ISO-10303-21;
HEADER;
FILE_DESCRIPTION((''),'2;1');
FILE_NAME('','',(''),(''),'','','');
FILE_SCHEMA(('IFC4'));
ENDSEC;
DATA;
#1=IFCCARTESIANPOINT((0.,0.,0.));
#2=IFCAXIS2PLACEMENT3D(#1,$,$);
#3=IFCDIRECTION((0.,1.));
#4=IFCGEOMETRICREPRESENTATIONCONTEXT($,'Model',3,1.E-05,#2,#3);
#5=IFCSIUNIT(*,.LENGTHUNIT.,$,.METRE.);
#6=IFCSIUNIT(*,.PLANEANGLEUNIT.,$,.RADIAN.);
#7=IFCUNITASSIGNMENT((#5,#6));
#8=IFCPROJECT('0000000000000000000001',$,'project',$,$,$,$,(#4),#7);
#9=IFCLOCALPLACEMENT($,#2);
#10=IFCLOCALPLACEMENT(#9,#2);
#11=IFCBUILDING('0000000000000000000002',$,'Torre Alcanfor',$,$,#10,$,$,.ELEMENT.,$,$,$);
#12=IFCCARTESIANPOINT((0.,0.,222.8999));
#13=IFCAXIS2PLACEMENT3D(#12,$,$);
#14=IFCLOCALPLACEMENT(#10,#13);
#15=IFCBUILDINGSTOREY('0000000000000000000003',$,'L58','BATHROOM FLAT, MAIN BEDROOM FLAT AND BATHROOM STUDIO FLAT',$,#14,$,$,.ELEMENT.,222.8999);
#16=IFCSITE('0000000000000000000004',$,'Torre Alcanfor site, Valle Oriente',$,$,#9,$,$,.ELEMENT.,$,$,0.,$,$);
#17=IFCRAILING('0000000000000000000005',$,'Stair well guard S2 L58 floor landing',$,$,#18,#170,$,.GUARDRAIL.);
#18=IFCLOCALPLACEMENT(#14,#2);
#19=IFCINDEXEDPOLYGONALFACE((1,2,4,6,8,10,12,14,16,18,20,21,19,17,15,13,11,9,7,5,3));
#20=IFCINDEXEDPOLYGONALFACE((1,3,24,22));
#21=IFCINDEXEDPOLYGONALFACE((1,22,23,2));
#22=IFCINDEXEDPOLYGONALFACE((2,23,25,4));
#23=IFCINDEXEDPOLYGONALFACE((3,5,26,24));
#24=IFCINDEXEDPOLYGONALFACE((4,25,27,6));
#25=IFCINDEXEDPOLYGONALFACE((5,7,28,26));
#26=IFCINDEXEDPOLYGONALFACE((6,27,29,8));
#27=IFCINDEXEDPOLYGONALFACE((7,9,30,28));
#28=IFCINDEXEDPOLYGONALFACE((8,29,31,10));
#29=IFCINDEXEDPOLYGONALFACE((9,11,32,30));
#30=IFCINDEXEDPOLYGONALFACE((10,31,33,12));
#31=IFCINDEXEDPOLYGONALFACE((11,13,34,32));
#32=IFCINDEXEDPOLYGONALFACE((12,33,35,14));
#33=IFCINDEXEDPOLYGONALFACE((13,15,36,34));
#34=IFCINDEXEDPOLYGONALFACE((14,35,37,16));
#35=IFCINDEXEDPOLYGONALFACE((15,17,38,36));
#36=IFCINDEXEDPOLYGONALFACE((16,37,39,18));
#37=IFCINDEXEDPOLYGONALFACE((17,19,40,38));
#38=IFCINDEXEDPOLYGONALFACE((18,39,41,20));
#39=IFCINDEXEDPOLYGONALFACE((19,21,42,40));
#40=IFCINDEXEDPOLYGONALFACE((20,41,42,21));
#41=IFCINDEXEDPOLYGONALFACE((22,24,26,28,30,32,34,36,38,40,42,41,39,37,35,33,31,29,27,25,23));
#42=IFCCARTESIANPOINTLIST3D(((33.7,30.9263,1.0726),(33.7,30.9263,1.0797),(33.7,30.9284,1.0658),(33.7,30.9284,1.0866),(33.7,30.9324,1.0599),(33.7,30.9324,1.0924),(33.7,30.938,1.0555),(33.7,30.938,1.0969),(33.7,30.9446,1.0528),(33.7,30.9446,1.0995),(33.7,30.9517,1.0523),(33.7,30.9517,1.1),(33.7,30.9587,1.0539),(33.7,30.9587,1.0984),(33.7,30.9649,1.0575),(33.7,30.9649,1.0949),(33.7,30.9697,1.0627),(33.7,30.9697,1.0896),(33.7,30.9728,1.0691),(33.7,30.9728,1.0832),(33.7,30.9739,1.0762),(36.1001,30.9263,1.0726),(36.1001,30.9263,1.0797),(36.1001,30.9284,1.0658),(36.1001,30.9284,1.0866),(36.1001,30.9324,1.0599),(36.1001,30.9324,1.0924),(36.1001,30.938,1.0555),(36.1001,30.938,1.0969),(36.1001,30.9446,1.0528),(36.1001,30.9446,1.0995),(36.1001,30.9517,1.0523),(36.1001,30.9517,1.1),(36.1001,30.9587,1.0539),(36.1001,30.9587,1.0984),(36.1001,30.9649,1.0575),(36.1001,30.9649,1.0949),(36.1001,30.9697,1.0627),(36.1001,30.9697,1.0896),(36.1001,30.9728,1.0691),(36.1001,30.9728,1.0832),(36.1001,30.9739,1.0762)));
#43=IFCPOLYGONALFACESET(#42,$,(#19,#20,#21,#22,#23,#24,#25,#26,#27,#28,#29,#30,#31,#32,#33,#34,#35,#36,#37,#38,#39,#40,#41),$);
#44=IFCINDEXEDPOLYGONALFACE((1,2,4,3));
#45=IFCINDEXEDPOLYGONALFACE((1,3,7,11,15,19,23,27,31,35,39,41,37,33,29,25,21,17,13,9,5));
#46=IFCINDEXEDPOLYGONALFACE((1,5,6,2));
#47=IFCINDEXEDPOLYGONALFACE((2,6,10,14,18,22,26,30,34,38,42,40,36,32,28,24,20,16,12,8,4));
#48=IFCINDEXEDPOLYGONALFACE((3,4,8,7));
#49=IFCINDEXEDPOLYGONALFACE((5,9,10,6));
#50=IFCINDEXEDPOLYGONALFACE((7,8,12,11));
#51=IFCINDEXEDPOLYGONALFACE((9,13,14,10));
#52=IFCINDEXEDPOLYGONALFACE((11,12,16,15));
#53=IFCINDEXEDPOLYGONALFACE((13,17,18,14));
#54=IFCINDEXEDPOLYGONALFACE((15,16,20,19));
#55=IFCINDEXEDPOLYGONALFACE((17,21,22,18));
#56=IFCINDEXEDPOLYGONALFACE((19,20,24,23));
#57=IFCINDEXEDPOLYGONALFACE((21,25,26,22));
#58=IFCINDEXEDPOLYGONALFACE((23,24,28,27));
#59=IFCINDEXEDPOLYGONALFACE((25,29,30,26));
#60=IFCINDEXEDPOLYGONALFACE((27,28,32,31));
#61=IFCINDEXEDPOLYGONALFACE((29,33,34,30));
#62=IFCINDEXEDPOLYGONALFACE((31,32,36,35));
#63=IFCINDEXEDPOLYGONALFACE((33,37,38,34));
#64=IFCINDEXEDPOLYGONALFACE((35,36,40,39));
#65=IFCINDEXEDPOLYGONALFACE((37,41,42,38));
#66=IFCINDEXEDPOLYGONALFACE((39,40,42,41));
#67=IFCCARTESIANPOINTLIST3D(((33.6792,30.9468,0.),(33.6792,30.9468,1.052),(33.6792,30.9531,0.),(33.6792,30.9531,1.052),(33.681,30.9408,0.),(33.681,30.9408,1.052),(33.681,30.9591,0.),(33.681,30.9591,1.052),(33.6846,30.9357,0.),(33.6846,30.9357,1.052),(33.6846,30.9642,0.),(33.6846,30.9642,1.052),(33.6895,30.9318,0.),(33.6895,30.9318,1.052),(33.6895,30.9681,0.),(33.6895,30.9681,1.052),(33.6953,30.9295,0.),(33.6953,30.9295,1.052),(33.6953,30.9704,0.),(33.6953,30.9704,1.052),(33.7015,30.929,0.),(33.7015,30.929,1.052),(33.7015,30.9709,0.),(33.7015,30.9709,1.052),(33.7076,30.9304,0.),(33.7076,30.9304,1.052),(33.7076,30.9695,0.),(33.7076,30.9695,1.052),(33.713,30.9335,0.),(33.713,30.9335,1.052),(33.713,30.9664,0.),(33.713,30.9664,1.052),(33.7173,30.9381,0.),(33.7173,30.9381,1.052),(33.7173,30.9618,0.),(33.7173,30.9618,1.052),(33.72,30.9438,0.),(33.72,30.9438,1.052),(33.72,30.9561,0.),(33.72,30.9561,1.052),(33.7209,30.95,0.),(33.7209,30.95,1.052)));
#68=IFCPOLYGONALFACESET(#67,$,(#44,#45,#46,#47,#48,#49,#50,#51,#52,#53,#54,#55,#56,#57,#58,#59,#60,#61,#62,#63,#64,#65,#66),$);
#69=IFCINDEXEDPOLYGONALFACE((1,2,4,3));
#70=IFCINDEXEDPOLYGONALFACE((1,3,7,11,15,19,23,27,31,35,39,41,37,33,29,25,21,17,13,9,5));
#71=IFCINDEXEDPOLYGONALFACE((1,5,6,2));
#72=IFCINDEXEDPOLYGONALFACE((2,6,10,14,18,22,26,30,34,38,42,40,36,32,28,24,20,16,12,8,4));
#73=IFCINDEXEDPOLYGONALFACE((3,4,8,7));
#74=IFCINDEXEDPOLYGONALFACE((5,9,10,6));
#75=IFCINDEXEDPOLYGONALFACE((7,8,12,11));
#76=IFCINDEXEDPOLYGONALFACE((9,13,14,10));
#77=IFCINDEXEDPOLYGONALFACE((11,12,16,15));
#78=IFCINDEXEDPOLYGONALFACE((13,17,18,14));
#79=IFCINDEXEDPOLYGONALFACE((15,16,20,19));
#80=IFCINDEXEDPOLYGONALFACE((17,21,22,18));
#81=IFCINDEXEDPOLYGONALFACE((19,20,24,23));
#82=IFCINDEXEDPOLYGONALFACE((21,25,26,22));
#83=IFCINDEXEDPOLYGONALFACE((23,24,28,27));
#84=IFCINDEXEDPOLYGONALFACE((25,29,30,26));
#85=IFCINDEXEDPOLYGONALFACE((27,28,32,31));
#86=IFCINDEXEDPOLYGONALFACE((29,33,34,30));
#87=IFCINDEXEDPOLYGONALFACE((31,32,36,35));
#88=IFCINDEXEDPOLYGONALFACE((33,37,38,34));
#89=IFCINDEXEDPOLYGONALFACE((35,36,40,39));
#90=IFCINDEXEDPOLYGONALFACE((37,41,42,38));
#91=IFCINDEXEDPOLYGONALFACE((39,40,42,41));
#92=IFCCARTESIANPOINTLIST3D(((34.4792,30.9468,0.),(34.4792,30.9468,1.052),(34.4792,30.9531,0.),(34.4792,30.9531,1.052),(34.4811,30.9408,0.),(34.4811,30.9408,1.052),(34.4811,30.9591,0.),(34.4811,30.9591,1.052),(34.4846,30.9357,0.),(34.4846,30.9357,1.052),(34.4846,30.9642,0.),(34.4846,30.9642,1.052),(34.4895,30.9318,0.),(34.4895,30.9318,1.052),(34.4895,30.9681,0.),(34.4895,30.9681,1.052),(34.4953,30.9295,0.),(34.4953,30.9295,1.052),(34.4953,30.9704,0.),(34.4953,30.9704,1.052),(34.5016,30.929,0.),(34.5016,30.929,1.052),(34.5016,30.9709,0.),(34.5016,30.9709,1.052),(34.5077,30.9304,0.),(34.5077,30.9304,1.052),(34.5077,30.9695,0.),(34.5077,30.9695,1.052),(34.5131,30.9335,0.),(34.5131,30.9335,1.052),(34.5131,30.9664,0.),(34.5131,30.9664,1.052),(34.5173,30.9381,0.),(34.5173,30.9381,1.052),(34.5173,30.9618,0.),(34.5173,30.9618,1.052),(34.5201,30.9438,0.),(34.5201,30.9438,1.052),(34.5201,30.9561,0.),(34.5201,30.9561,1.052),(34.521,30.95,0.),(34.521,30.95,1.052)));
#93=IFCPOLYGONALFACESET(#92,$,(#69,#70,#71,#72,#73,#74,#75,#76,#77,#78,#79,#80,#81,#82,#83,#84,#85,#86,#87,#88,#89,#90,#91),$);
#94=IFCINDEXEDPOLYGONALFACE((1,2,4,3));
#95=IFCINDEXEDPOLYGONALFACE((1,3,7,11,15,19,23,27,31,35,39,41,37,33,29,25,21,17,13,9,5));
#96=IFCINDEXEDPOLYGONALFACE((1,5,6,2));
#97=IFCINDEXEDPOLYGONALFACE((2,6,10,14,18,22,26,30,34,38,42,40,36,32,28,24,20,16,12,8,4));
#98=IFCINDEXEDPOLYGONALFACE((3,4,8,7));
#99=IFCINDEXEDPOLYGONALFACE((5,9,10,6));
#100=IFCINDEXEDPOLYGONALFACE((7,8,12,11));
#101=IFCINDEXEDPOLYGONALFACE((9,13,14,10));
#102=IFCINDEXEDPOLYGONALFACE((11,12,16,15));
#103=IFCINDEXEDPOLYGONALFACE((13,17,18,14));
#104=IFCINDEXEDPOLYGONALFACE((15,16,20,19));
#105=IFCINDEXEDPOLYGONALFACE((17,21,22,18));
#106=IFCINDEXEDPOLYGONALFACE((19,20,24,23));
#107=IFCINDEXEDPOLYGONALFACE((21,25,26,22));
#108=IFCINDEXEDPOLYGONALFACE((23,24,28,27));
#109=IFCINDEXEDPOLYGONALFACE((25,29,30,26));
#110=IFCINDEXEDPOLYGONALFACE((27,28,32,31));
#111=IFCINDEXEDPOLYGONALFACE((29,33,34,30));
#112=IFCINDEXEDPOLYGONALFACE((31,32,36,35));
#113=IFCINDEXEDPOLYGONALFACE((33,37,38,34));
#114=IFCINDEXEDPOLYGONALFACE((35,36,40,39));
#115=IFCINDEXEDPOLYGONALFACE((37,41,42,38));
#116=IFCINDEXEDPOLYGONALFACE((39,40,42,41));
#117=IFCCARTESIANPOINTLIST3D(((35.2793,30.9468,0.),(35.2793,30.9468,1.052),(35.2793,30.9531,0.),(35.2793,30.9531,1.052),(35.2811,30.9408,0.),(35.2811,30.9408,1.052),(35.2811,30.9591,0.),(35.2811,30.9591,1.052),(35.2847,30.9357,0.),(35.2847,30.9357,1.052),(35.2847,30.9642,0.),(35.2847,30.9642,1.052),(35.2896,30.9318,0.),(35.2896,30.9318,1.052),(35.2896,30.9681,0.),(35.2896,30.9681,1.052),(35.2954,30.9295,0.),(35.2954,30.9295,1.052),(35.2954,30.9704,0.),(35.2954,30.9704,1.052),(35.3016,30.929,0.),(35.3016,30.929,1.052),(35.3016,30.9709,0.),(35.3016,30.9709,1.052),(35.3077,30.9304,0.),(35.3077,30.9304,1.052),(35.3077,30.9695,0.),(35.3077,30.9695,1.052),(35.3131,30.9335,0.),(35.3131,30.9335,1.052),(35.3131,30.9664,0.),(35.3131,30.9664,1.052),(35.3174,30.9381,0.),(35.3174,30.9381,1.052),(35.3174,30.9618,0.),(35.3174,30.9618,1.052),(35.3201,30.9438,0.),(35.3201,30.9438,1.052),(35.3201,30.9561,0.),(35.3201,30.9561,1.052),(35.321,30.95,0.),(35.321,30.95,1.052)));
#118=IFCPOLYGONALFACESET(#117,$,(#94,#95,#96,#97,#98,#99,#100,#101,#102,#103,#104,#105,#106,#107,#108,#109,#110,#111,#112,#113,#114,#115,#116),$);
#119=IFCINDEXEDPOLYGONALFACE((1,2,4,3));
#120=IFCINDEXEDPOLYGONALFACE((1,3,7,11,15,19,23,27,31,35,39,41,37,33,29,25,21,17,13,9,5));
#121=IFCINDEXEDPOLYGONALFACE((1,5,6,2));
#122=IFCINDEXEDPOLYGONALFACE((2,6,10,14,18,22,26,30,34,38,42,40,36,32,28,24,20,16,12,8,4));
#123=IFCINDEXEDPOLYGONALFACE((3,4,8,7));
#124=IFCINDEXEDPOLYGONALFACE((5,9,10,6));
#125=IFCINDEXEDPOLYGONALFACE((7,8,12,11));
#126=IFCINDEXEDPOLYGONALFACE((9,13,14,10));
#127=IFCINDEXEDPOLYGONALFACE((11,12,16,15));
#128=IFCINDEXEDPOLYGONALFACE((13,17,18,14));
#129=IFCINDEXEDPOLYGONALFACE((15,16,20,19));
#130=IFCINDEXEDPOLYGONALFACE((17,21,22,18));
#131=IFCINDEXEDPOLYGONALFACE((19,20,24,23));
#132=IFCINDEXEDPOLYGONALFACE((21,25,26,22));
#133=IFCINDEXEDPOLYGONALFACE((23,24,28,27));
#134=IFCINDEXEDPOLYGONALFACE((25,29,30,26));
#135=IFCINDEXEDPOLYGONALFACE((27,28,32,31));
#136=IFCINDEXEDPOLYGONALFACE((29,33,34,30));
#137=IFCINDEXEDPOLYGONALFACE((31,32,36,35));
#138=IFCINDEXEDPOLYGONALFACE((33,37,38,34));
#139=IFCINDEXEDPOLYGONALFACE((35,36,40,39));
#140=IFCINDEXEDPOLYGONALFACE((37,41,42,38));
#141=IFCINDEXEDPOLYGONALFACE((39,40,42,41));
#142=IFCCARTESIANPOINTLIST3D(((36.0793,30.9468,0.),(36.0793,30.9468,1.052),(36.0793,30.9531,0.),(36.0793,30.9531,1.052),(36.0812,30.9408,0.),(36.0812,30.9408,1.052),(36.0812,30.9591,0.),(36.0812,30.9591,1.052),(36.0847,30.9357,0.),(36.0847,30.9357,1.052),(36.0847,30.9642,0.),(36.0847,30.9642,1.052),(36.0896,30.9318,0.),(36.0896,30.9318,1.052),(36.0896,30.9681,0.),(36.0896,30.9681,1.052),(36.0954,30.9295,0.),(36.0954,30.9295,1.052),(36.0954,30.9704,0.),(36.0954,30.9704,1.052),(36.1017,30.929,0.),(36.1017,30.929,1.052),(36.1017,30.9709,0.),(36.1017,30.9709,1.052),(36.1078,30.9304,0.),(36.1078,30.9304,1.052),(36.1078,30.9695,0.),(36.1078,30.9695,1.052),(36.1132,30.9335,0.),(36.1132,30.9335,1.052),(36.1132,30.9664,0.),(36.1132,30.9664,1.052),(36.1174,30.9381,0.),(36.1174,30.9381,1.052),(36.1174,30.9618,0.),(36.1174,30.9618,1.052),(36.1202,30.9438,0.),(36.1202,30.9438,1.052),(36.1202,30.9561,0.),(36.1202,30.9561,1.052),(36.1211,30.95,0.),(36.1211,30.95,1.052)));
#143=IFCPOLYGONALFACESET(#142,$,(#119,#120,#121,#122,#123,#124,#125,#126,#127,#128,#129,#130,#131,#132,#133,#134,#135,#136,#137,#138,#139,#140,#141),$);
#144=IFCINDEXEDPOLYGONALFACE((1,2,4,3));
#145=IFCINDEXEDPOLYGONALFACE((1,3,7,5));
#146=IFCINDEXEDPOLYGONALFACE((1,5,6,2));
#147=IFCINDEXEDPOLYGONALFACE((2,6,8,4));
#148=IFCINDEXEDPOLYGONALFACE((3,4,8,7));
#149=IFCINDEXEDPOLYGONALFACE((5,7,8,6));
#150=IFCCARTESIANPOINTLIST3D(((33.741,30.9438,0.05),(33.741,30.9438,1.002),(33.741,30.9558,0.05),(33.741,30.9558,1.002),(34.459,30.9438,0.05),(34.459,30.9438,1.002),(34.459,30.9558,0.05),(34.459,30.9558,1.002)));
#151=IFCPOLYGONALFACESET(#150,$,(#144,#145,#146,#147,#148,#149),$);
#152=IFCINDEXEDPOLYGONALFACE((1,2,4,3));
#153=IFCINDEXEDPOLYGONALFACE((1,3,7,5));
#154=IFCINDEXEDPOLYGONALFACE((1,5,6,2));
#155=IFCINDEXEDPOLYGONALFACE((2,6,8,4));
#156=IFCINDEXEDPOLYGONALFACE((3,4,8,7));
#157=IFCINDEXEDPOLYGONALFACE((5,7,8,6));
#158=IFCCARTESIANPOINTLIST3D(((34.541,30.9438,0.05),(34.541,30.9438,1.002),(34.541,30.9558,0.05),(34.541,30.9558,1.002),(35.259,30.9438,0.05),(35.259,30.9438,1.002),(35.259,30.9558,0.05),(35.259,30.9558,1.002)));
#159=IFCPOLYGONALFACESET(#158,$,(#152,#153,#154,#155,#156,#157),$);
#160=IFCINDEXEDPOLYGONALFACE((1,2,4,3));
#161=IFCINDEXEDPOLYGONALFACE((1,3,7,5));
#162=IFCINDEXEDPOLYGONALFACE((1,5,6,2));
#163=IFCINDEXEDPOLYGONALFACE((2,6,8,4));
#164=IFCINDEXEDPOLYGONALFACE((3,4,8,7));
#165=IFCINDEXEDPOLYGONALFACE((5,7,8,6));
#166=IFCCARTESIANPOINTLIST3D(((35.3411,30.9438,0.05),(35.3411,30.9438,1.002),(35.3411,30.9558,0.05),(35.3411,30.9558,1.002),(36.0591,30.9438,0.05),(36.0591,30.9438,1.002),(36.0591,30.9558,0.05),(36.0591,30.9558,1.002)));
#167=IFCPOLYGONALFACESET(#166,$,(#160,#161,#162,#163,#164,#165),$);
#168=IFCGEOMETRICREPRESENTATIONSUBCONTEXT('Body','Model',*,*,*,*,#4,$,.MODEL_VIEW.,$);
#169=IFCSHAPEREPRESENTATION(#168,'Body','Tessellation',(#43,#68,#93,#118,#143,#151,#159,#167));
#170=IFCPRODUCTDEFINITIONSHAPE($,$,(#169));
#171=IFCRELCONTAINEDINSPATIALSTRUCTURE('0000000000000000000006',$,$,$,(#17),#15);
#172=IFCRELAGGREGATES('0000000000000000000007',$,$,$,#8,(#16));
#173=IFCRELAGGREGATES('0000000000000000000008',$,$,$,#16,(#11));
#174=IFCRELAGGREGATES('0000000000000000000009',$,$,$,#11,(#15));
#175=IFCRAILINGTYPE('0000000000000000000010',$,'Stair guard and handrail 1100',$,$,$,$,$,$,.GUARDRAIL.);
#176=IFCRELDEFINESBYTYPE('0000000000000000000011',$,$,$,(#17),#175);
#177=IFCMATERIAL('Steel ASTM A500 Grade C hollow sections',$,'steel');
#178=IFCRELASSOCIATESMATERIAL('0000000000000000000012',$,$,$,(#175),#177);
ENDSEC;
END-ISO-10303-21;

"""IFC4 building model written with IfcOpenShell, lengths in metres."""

from ifc_helpers import new_model, si_unit, direction, frame, origin, origin_2d, place, context, subcontext, project, spatial, polyline, circle, outline, extrude, material, type_object, element, save


model = new_model("IFC4")

# Units and contexts
model_context = context("Model", 3, precision=1e-05, world=origin(), true_north=direction((0.0, 1.0)))
body_context = subcontext(model_context, "Body", "Model", "MODEL_VIEW")
ifc_project = project(units=[si_unit("LENGTHUNIT", "METRE"), si_unit("PLANEANGLEUNIT", "RADIAN")], contexts=[model_context])

# Site, building, storey
site_placement = place(None, origin())
site = spatial("IfcSite", under=ifc_project, at=site_placement, Name="Torre Alcanfor site, Valle Oriente", CompositionType="ELEMENT", RefElevation=0.0)
building_placement = place(site_placement, origin())
building = spatial("IfcBuilding", under=site, at=building_placement, Name="Torre Alcanfor", CompositionType="ELEMENT")
storey_placement = place(building_placement, frame((0.0, 0.0, 222.8999)))
storey = spatial("IfcBuildingStorey", under=building, at=storey_placement, Name="L58", Description="BATHROOM FLAT, MAIN BEDROOM FLAT AND BATHROOM STUDIO FLAT", CompositionType="ELEMENT", Elevation=222.8999)

# Railing
ifc_material_1 = material(Name="Steel ASTM A500 Grade C hollow sections", Category="steel")
railing_type_1 = type_object("IfcRailingType", Name="Stair guard and handrail 1100", PredefinedType="GUARDRAIL", material=ifc_material_1)
for number, where, name in (
    (1, (33.7, 30.95, 0.0), "Stair well guard S2 L58 floor landing"),
):
    element("IfcRailing", number, at=place(storey_placement, frame(where)), inside=storey, type_object=railing_type_1, Name=name, PredefinedType="GUARDRAIL", context=body_context, shape_type="SweptSolid", body=[
        extrude(circle(Radius=0.0239, at=origin_2d()), frame((0.0, 0.0, 1.0762), z_axis=(1.0, 0.0, 0.0), x_axis=(0.0, 1.0, 0.0)), (0.0, 0.0, 1.0), 2.4001),
        extrude(circle(Radius=0.021, at=origin_2d()), origin(), (0.0, 0.0, 1.0), 1.052),
        extrude(circle(Radius=0.021, at=origin_2d()), frame((0.8, 0.0, 0.0)), (0.0, 0.0, 1.0), 1.052),
        extrude(circle(Radius=0.021, at=origin_2d()), frame((1.6001, 0.0, 0.0)), (0.0, 0.0, 1.0), 1.052),
        extrude(circle(Radius=0.021, at=origin_2d()), frame((2.4001, 0.0, 0.0)), (0.0, 0.0, 1.0), 1.052),
        extrude(outline(polyline([(0.041, 0.05), (0.759, 0.05), (0.759, 1.002), (0.041, 1.002), (0.041, 0.05)])), frame((0.0, 0.0059, 0.0), z_axis=(0.0, -1.0, 0.0), x_axis=(1.0, 0.0, 0.0)), (0.0, 0.0, 1.0), 0.012),
        extrude(outline(polyline([(0.8411, 0.05), (1.5591, 0.05), (1.5591, 1.002), (0.8411, 1.002), (0.8411, 0.05)])), frame((0.0, 0.0059, 0.0), z_axis=(0.0, -1.0, 0.0), x_axis=(1.0, 0.0, 0.0)), (0.0, 0.0, 1.0), 0.012),
        extrude(outline(polyline([(1.6411, 0.05), (2.3591, 0.05), (2.3591, 1.002), (1.6411, 1.002), (1.6411, 0.05)])), frame((0.0, 0.0059, 0.0), z_axis=(0.0, -1.0, 0.0), x_axis=(1.0, 0.0, 0.0)), (0.0, 0.0, 1.0), 0.012),
    ])

save(model, "model.ifc")
